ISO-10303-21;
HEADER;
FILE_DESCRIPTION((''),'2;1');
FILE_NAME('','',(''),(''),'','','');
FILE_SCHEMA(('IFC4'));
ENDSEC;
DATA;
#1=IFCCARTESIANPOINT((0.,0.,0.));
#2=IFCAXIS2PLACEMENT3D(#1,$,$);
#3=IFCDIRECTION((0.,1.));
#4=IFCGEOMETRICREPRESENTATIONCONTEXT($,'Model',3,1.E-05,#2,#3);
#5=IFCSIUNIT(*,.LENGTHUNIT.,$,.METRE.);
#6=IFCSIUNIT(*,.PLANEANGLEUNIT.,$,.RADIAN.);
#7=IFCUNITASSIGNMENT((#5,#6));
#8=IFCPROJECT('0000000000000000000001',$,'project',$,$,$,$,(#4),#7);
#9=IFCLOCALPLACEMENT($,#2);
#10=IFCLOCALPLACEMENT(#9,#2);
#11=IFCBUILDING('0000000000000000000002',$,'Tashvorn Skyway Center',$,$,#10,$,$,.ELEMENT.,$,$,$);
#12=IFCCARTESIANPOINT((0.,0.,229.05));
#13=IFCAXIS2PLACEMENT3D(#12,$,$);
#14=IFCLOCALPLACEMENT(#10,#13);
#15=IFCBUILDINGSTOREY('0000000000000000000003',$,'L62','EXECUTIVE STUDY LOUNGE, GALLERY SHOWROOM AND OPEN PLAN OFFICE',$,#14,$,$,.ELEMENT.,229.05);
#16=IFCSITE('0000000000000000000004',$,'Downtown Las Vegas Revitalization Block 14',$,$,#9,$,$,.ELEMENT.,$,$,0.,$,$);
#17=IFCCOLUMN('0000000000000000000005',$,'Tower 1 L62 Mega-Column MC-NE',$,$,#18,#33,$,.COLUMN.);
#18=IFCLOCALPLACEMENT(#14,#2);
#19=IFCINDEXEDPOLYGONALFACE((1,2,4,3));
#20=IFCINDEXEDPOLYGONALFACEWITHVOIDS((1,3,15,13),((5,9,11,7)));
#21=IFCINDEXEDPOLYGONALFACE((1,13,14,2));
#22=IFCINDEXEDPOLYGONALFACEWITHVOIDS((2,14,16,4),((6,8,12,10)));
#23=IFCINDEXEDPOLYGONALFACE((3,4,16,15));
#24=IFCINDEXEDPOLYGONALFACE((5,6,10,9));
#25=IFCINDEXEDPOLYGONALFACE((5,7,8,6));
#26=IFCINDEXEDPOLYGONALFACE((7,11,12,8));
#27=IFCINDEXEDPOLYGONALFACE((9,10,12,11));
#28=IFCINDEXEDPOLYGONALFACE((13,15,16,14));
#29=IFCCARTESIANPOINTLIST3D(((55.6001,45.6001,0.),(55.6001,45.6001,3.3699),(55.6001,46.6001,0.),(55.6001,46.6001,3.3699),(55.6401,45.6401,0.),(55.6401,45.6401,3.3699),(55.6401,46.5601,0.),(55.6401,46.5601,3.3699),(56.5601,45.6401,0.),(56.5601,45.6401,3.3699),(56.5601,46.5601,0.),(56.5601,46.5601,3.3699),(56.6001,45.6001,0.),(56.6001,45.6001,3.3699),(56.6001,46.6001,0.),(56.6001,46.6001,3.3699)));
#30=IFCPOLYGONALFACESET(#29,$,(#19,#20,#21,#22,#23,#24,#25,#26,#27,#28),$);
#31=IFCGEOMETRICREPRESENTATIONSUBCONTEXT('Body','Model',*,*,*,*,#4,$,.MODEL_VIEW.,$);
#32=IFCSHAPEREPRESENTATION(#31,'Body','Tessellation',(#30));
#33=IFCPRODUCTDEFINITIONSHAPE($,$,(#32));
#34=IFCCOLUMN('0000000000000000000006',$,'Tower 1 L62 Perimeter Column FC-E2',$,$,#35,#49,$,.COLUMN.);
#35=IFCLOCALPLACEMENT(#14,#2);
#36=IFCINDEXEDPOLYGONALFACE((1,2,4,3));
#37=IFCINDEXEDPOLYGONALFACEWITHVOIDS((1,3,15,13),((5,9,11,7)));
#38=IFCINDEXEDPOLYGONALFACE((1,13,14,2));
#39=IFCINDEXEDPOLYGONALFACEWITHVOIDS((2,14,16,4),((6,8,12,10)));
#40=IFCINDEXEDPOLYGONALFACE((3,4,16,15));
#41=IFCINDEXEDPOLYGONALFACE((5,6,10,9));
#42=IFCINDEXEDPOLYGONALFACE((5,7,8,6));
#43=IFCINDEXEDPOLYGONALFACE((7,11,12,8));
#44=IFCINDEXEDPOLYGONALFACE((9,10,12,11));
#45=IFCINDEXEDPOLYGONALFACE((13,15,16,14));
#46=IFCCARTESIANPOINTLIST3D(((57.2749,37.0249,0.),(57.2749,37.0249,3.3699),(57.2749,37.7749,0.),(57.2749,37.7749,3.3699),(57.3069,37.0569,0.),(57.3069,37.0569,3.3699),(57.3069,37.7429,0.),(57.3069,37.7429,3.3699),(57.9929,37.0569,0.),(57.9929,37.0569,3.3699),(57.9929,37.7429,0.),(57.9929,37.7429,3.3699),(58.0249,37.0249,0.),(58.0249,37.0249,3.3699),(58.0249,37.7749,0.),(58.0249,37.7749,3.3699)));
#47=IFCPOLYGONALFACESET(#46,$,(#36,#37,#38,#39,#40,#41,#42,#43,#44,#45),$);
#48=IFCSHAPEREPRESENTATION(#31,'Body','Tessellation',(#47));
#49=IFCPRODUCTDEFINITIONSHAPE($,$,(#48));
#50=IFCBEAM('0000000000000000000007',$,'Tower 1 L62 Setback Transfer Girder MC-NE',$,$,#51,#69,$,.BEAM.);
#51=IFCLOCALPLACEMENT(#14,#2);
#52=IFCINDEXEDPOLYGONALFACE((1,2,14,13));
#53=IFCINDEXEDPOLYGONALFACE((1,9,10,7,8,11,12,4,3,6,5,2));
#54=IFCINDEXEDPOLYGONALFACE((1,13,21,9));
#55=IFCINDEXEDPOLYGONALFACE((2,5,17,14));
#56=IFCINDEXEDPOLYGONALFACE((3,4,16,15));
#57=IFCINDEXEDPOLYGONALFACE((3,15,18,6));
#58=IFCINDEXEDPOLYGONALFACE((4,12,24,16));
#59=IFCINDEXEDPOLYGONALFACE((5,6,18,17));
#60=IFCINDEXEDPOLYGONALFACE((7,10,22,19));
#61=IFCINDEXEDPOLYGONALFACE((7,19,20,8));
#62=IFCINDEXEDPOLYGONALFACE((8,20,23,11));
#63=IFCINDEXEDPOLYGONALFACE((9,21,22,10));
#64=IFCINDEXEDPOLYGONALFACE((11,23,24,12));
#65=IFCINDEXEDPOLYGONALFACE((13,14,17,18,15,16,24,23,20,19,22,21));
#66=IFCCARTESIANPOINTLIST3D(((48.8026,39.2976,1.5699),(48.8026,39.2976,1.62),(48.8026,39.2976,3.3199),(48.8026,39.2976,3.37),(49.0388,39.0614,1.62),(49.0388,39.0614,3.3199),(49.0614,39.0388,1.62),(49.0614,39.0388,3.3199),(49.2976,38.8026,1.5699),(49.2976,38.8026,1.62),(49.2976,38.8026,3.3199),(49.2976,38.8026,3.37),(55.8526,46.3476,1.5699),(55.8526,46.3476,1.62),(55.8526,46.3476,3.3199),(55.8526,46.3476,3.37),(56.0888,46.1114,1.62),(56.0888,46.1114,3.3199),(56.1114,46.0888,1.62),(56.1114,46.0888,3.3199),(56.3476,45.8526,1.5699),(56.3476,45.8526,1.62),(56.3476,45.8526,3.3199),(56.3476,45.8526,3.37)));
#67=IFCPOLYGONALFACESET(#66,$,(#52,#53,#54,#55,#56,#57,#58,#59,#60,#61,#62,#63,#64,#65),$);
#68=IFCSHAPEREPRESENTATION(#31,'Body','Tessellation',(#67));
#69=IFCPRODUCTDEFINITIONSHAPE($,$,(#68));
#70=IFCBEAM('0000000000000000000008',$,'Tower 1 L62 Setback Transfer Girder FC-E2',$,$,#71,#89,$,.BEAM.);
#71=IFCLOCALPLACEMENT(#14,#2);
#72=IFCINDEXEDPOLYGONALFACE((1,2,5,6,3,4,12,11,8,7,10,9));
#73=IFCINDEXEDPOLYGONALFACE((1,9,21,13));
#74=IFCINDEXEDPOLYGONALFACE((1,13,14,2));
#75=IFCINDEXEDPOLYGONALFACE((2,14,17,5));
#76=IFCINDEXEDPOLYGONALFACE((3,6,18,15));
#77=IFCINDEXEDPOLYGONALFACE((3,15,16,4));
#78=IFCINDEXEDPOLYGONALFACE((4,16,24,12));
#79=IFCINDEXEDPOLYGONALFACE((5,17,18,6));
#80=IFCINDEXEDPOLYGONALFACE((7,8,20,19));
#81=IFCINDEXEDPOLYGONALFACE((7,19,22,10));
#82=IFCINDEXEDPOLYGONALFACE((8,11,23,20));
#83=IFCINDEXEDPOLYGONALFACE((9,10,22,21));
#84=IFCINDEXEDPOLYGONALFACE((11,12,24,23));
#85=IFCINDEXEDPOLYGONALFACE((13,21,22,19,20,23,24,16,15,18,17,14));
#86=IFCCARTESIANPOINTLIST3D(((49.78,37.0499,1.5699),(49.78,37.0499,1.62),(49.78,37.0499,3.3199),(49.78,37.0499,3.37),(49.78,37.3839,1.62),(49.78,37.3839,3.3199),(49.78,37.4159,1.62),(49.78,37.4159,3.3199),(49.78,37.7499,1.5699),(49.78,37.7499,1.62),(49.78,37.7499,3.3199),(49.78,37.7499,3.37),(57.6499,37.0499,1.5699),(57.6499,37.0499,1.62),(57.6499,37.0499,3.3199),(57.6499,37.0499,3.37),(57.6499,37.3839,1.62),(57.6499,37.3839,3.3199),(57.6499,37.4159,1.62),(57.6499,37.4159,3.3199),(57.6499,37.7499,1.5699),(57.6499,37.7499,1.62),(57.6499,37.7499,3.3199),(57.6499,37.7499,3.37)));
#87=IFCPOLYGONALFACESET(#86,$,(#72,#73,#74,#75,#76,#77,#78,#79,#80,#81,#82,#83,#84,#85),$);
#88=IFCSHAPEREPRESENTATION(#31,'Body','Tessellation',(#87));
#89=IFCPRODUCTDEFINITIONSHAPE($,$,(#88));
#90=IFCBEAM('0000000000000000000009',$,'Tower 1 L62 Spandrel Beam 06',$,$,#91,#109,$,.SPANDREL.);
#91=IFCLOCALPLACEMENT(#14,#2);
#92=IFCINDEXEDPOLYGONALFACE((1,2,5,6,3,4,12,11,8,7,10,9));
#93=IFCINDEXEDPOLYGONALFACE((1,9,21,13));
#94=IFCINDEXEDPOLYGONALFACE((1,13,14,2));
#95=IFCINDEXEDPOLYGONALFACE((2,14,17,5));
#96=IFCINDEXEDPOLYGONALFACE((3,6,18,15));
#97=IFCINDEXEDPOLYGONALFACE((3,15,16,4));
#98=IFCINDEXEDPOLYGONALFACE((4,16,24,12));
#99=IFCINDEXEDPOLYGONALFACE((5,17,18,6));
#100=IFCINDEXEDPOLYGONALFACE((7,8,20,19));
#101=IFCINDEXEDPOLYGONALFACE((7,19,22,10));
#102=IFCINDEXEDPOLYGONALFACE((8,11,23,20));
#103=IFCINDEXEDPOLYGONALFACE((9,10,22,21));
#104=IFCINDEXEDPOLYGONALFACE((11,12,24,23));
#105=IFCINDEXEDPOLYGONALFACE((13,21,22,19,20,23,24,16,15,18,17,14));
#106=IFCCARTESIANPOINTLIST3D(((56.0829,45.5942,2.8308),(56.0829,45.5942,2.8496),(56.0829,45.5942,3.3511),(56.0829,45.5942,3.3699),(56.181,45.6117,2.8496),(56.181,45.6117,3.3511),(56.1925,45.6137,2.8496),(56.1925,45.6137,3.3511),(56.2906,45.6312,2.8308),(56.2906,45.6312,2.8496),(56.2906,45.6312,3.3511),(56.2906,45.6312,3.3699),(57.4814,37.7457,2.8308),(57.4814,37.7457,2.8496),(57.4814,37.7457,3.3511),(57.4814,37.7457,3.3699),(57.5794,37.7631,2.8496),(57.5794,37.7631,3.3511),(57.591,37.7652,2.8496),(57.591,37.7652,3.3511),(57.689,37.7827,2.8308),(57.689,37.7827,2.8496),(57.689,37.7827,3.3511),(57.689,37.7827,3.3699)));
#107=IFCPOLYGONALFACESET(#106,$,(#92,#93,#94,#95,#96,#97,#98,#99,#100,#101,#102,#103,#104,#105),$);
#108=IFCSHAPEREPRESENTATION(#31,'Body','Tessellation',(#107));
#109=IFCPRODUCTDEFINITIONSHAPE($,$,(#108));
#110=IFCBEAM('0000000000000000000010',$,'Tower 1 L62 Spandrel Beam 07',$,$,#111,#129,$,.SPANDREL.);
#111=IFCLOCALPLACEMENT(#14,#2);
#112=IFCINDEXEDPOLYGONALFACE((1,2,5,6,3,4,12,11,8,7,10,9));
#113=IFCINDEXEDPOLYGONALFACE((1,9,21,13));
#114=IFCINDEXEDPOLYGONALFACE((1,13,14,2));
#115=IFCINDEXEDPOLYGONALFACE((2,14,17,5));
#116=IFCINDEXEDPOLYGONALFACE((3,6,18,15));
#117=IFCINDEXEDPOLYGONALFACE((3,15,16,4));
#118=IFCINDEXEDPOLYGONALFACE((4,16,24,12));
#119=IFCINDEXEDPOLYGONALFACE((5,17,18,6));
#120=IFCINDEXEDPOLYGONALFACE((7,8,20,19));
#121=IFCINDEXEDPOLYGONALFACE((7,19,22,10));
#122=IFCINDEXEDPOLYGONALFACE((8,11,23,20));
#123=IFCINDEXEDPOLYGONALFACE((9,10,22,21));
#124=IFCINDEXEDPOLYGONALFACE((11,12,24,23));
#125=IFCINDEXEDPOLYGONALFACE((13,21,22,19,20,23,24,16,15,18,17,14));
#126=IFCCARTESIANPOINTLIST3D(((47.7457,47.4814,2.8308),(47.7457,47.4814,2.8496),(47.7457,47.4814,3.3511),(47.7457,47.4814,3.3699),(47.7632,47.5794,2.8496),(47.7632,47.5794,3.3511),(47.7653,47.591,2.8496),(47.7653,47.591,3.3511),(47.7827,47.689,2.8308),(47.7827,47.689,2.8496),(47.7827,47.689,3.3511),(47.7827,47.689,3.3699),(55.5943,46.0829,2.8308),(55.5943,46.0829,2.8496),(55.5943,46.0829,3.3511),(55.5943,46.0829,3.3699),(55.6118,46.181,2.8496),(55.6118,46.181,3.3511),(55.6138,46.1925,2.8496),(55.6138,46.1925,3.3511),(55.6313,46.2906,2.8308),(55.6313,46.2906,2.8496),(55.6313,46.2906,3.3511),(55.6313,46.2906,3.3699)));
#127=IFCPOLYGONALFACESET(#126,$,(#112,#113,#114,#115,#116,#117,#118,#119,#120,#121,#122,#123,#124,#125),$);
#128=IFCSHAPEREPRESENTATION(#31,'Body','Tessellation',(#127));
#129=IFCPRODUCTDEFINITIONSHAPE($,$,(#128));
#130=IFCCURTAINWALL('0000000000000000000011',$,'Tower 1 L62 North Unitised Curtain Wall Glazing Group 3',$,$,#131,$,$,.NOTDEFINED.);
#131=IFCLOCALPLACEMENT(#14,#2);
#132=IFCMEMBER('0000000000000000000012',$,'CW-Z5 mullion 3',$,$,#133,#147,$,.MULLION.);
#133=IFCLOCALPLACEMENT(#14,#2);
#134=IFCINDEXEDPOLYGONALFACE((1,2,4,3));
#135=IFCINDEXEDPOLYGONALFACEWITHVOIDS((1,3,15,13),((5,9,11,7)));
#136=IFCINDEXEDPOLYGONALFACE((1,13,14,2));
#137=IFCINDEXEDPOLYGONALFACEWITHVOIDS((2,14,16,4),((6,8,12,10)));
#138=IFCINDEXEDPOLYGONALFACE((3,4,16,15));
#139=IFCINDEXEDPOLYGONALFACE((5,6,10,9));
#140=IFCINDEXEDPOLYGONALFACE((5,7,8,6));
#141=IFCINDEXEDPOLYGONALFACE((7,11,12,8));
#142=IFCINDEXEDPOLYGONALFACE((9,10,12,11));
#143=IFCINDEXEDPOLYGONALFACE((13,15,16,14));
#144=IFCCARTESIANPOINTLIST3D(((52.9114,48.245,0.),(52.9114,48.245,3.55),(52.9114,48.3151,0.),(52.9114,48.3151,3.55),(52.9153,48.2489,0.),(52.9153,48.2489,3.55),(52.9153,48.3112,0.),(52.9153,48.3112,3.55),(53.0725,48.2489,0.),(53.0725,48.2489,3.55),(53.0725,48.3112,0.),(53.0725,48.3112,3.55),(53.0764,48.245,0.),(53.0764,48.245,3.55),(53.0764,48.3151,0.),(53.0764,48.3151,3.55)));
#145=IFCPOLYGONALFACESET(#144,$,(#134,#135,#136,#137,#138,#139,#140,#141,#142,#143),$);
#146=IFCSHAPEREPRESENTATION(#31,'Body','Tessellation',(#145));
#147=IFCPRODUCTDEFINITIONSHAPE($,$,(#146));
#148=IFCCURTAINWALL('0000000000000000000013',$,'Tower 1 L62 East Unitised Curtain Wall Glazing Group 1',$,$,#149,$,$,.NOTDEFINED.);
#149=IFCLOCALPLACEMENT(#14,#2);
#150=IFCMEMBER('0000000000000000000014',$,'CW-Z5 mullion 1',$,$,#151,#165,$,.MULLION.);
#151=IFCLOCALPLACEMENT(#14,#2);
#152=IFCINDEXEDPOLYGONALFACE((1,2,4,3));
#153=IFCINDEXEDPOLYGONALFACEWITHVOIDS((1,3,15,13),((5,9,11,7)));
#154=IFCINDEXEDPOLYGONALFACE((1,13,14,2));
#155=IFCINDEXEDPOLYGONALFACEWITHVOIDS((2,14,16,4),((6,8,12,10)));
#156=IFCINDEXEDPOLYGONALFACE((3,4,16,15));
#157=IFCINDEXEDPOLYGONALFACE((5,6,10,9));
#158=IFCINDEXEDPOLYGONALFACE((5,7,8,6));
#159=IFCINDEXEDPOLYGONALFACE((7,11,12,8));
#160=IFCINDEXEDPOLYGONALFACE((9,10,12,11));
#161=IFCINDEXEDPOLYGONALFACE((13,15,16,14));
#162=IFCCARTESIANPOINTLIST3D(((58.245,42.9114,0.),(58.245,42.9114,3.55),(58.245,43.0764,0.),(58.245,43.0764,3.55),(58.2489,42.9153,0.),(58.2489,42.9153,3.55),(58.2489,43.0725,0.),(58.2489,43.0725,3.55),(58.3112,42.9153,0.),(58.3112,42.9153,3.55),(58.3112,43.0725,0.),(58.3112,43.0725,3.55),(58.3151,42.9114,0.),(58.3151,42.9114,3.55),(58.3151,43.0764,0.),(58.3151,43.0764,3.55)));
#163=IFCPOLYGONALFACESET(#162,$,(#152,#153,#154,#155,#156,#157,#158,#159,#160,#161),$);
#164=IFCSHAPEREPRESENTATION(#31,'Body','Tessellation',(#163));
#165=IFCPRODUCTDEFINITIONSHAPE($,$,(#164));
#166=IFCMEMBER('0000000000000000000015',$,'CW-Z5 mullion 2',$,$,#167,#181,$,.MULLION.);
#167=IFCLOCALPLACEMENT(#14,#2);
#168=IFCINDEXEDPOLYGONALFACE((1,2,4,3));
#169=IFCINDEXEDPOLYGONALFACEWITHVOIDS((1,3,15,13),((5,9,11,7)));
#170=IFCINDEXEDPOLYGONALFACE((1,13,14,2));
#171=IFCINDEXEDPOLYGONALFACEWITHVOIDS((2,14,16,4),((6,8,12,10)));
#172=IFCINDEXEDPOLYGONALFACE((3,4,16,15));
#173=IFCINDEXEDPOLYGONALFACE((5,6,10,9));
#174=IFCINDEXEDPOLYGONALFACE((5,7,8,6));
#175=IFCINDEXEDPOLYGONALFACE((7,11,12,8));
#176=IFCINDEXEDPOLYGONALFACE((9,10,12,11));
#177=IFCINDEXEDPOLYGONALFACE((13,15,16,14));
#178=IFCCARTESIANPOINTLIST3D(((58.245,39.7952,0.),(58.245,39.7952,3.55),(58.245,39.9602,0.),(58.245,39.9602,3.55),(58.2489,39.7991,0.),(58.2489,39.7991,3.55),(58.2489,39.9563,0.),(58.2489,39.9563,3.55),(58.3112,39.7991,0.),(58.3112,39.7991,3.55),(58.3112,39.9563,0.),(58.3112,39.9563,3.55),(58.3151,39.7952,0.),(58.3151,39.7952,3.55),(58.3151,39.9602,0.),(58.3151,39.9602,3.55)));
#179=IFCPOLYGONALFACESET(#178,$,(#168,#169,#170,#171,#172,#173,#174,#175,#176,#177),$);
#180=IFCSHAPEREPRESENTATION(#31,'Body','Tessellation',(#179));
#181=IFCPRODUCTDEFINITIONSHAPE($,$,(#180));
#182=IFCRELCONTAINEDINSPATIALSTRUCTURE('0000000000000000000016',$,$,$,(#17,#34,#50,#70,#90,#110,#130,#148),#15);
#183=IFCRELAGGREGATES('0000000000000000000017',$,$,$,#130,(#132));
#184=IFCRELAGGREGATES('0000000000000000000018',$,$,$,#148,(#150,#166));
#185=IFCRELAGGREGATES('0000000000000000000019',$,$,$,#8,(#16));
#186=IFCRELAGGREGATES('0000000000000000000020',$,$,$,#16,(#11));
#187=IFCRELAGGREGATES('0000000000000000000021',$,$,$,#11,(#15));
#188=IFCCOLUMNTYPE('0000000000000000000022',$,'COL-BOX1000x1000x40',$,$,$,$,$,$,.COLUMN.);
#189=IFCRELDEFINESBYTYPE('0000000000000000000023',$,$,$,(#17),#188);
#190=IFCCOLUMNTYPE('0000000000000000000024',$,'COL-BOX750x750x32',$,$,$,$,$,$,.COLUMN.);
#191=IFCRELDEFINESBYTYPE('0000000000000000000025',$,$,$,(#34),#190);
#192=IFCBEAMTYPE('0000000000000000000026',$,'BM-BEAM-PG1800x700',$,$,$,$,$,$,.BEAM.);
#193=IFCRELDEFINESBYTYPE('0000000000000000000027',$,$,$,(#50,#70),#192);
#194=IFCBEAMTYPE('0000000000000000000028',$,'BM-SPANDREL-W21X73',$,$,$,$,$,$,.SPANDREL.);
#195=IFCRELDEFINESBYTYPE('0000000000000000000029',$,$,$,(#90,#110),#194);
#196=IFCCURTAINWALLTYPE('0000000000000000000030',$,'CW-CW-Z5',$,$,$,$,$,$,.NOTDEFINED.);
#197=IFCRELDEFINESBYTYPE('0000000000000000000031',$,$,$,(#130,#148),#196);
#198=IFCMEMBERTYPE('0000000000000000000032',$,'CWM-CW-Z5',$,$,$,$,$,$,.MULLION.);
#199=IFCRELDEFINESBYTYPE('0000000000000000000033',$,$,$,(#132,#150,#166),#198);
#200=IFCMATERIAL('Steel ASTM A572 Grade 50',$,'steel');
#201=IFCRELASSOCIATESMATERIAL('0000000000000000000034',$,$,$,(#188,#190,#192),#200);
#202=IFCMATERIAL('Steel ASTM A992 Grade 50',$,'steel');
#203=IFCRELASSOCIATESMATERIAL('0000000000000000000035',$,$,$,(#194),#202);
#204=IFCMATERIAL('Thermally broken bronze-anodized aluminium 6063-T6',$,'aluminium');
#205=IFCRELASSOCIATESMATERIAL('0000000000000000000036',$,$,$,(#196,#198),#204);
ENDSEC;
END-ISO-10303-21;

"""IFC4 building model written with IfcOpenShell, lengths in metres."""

from ifc_helpers import new_model, si_unit, direction, frame, origin, origin_2d, place, context, subcontext, project, spatial, hollow_rectangle, i_section, extrude, material, material_profile, profile_set, type_object, element, aggregate, save


model = new_model("IFC4")

# Units and contexts
model_context = context("Model", 3, precision=1e-05, world=origin(), true_north=direction((0.0, 1.0)))
body_context = subcontext(model_context, "Body", "Model", "MODEL_VIEW")
ifc_project = project(units=[si_unit("LENGTHUNIT", "METRE"), si_unit("PLANEANGLEUNIT", "RADIAN")], contexts=[model_context])

# Site, building, storey
site_placement = place(None, origin())
site = spatial("IfcSite", under=ifc_project, at=site_placement, Name="Downtown Las Vegas Revitalization Block 14", CompositionType="ELEMENT", RefElevation=0.0)
building_placement = place(site_placement, origin())
building = spatial("IfcBuilding", under=site, at=building_placement, Name="Tashvorn Skyway Center", CompositionType="ELEMENT")
storey_placement = place(building_placement, frame((0.0, 0.0, 229.05)))
storey = spatial("IfcBuildingStorey", under=building, at=storey_placement, Name="L62", Description="EXECUTIVE STUDY LOUNGE, GALLERY SHOWROOM AND OPEN PLAN OFFICE", CompositionType="ELEMENT", Elevation=229.05)

# Columns
ifc_material_1 = material(Name="Steel ASTM A572 Grade 50", Category="steel")
ifc_material_profile_1 = material_profile(ifc_material_1, hollow_rectangle(XDim=1.0, YDim=1.0, WallThickness=0.04, at=origin_2d()), Name="BOX1000x1000x40")
ifc_profile_set_1 = profile_set([ifc_material_profile_1], Name="Steel ASTM A572 Grade 50")
column_type_1 = type_object("IfcColumnType", Name="COL-BOX1000x1000x40", PredefinedType="COLUMN", material=ifc_profile_set_1)
column_1_placement = place(storey_placement, frame((56.1001, 46.1001, 0.0), z_axis=(0.0, 0.0, 1.0), x_axis=(1.0, 0.0, 0.0)))
element("IfcColumn", 1, at=column_1_placement, inside=storey, type_object=column_type_1, Name="Tower 1 L62 Mega-Column MC-NE", PredefinedType="COLUMN", context=body_context, shape_type="SweptSolid", body=[
    extrude(hollow_rectangle(XDim=1.0, YDim=1.0, WallThickness=0.04, at=origin_2d()), origin(), (0.0, 0.0, 1.0), 3.3699),
])
ifc_material_profile_2 = material_profile(ifc_material_1, hollow_rectangle(XDim=0.75, YDim=0.75, WallThickness=0.032, at=origin_2d()), Name="BOX750x750x32")
ifc_profile_set_2 = profile_set([ifc_material_profile_2], Name="Steel ASTM A572 Grade 50")
column_type_2 = type_object("IfcColumnType", Name="COL-BOX750x750x32", PredefinedType="COLUMN", material=ifc_profile_set_2)
column_2_placement = place(storey_placement, frame((57.6499, 37.3999, 0.0), z_axis=(0.0, 0.0, 1.0), x_axis=(1.0, 0.0, 0.0)))
element("IfcColumn", 2, at=column_2_placement, inside=storey, type_object=column_type_2, Name="Tower 1 L62 Perimeter Column FC-E2", PredefinedType="COLUMN", context=body_context, shape_type="SweptSolid", body=[
    extrude(hollow_rectangle(XDim=0.75, YDim=0.75, WallThickness=0.032, at=origin_2d()), origin(), (0.0, 0.0, 1.0), 3.3699),
])

# Beams
ifc_material_profile_3 = material_profile(ifc_material_1, i_section(OverallWidth=0.7, OverallDepth=1.8, WebThickness=0.032, FlangeThickness=0.05, at=origin_2d()), Name="PG1800x700")
ifc_profile_set_3 = profile_set([ifc_material_profile_3], Name="Steel ASTM A572 Grade 50")
beam_type_1 = type_object("IfcBeamType", Name="BM-BEAM-PG1800x700", PredefinedType="BEAM", material=ifc_profile_set_3)
beam_1_placement = place(storey_placement, frame((56.1001, 46.1001, 2.47), z_axis=(-0.707107, -0.707107, 0.0), x_axis=(0.707107, -0.707107, 0.0)))
element("IfcBeam", 3, at=beam_1_placement, inside=storey, type_object=beam_type_1, Name="Tower 1 L62 Setback Transfer Girder MC-NE", PredefinedType="BEAM", context=body_context, shape_type="SweptSolid", body=[
    extrude(i_section(OverallWidth=0.7, OverallDepth=1.8, WebThickness=0.032, FlangeThickness=0.05, at=origin_2d()), origin(), (0.0, 0.0, 1.0), 9.9702),
])
beam_2_placement = place(storey_placement, frame((57.6499, 37.3999, 2.47), z_axis=(-1.0, 0.0, 0.0), x_axis=(0.0, -1.0, 0.0)))
element("IfcBeam", 4, at=beam_2_placement, inside=storey, type_object=beam_type_1, Name="Tower 1 L62 Setback Transfer Girder FC-E2", PredefinedType="BEAM", context=body_context, shape_type="SweptSolid", body=[
    extrude(i_section(OverallWidth=0.7, OverallDepth=1.8, WebThickness=0.032, FlangeThickness=0.05, at=origin_2d()), origin(), (0.0, 0.0, 1.0), 7.8699),
])
ifc_material_2 = material(Name="Steel ASTM A992 Grade 50", Category="steel")
ifc_material_profile_4 = material_profile(ifc_material_2, i_section(OverallWidth=0.2109, OverallDepth=0.5391, WebThickness=0.0117, FlangeThickness=0.0188, at=origin_2d()), Name="W21X73")
ifc_profile_set_4 = profile_set([ifc_material_profile_4], Name="Steel ASTM A992 Grade 50")
beam_type_2 = type_object("IfcBeamType", Name="BM-SPANDREL-W21X73", PredefinedType="SPANDREL", material=ifc_profile_set_4)
for number, where, z_axis, x_axis, name in (
    (5, (57.5852, 37.7642, 3.1003), (-0.175413, 0.984495, 0.0), (-0.984495, -0.175413, 0.0), "Tower 1 L62 Spandrel Beam 06"),
    (6, (55.6128, 46.1868, 3.1003), (-0.984495, 0.175413, 0.0), (-0.175413, -0.984495, 0.0), "Tower 1 L62 Spandrel Beam 07"),
):
    element("IfcBeam", number, at=place(storey_placement, frame(where, z_axis=z_axis, x_axis=x_axis)), inside=storey, type_object=beam_type_2, Name=name, PredefinedType="SPANDREL", context=body_context, shape_type="SweptSolid", body=[
        extrude(i_section(OverallWidth=0.2109, OverallDepth=0.5391, WebThickness=0.0117, FlangeThickness=0.0188, at=origin_2d()), origin(), (0.0, 0.0, 1.0), 7.9722),
    ])

# Curtain wall, member
ifc_material_3 = material(Name="Thermally broken bronze-anodized aluminium 6063-T6", Category="aluminium")
curtain_wall_type = type_object("IfcCurtainWallType", Name="CW-CW-Z5", PredefinedType="NOTDEFINED", material=ifc_material_3)
curtain_wall_1_placement = place(storey_placement, origin())
curtain_wall_1 = element("IfcCurtainWall", 7, at=curtain_wall_1_placement, inside=storey, type_object=curtain_wall_type, Name="Tower 1 L62 North Unitised Curtain Wall Glazing Group 3", PredefinedType="NOTDEFINED")
ifc_material_profile_5 = material_profile(ifc_material_3, hollow_rectangle(XDim=0.0701, YDim=0.165, WallThickness=0.0039, at=origin_2d()), Name="ALU-MULL-70x165")
ifc_profile_set_5 = profile_set([ifc_material_profile_5], Name="Thermally broken bronze-anodized aluminium 6063-T6")
member_type_1 = type_object("IfcMemberType", Name="CWM-CW-Z5", PredefinedType="MULLION", material=ifc_profile_set_5)
member_1_placement = place(storey_placement, frame((52.9939, 48.28, 0.0), z_axis=(0.0, 0.0, 1.0), x_axis=(0.0, 1.0, 0.0)))
member_1 = element("IfcMember", 8, at=member_1_placement, type_object=member_type_1, Name="CW-Z5 mullion 3", PredefinedType="MULLION", context=body_context, shape_type="SweptSolid", body=[
    extrude(hollow_rectangle(XDim=0.0701, YDim=0.165, WallThickness=0.0039, at=origin_2d()), origin(), (0.0, 0.0, 1.0), 3.55),
])

# Curtain wall, members
curtain_wall_2_placement = place(storey_placement, origin())
curtain_wall_2 = element("IfcCurtainWall", 9, at=curtain_wall_2_placement, inside=storey, type_object=curtain_wall_type, Name="Tower 1 L62 East Unitised Curtain Wall Glazing Group 1", PredefinedType="NOTDEFINED")
member_2_placement = place(storey_placement, frame((58.28, 42.9939, 0.0), z_axis=(0.0, 0.0, 1.0), x_axis=(1.0, 0.0, 0.0)))
member_2 = element("IfcMember", 10, at=member_2_placement, type_object=member_type_1, Name="CW-Z5 mullion 1", PredefinedType="MULLION", context=body_context, shape_type="SweptSolid", body=[
    extrude(hollow_rectangle(XDim=0.0701, YDim=0.165, WallThickness=0.0039, at=origin_2d()), origin(), (0.0, 0.0, 1.0), 3.55),
])
member_3_placement = place(storey_placement, frame((58.28, 39.8777, 0.0), z_axis=(0.0, 0.0, 1.0), x_axis=(1.0, 0.0, 0.0)))
member_3 = element("IfcMember", 11, at=member_3_placement, type_object=member_type_1, Name="CW-Z5 mullion 2", PredefinedType="MULLION", context=body_context, shape_type="SweptSolid", body=[
    extrude(hollow_rectangle(XDim=0.0701, YDim=0.165, WallThickness=0.0039, at=origin_2d()), origin(), (0.0, 0.0, 1.0), 3.55),
])

aggregate(curtain_wall_1, [member_1])
aggregate(curtain_wall_2, [member_2, member_3])

save(model, "model.ifc")
